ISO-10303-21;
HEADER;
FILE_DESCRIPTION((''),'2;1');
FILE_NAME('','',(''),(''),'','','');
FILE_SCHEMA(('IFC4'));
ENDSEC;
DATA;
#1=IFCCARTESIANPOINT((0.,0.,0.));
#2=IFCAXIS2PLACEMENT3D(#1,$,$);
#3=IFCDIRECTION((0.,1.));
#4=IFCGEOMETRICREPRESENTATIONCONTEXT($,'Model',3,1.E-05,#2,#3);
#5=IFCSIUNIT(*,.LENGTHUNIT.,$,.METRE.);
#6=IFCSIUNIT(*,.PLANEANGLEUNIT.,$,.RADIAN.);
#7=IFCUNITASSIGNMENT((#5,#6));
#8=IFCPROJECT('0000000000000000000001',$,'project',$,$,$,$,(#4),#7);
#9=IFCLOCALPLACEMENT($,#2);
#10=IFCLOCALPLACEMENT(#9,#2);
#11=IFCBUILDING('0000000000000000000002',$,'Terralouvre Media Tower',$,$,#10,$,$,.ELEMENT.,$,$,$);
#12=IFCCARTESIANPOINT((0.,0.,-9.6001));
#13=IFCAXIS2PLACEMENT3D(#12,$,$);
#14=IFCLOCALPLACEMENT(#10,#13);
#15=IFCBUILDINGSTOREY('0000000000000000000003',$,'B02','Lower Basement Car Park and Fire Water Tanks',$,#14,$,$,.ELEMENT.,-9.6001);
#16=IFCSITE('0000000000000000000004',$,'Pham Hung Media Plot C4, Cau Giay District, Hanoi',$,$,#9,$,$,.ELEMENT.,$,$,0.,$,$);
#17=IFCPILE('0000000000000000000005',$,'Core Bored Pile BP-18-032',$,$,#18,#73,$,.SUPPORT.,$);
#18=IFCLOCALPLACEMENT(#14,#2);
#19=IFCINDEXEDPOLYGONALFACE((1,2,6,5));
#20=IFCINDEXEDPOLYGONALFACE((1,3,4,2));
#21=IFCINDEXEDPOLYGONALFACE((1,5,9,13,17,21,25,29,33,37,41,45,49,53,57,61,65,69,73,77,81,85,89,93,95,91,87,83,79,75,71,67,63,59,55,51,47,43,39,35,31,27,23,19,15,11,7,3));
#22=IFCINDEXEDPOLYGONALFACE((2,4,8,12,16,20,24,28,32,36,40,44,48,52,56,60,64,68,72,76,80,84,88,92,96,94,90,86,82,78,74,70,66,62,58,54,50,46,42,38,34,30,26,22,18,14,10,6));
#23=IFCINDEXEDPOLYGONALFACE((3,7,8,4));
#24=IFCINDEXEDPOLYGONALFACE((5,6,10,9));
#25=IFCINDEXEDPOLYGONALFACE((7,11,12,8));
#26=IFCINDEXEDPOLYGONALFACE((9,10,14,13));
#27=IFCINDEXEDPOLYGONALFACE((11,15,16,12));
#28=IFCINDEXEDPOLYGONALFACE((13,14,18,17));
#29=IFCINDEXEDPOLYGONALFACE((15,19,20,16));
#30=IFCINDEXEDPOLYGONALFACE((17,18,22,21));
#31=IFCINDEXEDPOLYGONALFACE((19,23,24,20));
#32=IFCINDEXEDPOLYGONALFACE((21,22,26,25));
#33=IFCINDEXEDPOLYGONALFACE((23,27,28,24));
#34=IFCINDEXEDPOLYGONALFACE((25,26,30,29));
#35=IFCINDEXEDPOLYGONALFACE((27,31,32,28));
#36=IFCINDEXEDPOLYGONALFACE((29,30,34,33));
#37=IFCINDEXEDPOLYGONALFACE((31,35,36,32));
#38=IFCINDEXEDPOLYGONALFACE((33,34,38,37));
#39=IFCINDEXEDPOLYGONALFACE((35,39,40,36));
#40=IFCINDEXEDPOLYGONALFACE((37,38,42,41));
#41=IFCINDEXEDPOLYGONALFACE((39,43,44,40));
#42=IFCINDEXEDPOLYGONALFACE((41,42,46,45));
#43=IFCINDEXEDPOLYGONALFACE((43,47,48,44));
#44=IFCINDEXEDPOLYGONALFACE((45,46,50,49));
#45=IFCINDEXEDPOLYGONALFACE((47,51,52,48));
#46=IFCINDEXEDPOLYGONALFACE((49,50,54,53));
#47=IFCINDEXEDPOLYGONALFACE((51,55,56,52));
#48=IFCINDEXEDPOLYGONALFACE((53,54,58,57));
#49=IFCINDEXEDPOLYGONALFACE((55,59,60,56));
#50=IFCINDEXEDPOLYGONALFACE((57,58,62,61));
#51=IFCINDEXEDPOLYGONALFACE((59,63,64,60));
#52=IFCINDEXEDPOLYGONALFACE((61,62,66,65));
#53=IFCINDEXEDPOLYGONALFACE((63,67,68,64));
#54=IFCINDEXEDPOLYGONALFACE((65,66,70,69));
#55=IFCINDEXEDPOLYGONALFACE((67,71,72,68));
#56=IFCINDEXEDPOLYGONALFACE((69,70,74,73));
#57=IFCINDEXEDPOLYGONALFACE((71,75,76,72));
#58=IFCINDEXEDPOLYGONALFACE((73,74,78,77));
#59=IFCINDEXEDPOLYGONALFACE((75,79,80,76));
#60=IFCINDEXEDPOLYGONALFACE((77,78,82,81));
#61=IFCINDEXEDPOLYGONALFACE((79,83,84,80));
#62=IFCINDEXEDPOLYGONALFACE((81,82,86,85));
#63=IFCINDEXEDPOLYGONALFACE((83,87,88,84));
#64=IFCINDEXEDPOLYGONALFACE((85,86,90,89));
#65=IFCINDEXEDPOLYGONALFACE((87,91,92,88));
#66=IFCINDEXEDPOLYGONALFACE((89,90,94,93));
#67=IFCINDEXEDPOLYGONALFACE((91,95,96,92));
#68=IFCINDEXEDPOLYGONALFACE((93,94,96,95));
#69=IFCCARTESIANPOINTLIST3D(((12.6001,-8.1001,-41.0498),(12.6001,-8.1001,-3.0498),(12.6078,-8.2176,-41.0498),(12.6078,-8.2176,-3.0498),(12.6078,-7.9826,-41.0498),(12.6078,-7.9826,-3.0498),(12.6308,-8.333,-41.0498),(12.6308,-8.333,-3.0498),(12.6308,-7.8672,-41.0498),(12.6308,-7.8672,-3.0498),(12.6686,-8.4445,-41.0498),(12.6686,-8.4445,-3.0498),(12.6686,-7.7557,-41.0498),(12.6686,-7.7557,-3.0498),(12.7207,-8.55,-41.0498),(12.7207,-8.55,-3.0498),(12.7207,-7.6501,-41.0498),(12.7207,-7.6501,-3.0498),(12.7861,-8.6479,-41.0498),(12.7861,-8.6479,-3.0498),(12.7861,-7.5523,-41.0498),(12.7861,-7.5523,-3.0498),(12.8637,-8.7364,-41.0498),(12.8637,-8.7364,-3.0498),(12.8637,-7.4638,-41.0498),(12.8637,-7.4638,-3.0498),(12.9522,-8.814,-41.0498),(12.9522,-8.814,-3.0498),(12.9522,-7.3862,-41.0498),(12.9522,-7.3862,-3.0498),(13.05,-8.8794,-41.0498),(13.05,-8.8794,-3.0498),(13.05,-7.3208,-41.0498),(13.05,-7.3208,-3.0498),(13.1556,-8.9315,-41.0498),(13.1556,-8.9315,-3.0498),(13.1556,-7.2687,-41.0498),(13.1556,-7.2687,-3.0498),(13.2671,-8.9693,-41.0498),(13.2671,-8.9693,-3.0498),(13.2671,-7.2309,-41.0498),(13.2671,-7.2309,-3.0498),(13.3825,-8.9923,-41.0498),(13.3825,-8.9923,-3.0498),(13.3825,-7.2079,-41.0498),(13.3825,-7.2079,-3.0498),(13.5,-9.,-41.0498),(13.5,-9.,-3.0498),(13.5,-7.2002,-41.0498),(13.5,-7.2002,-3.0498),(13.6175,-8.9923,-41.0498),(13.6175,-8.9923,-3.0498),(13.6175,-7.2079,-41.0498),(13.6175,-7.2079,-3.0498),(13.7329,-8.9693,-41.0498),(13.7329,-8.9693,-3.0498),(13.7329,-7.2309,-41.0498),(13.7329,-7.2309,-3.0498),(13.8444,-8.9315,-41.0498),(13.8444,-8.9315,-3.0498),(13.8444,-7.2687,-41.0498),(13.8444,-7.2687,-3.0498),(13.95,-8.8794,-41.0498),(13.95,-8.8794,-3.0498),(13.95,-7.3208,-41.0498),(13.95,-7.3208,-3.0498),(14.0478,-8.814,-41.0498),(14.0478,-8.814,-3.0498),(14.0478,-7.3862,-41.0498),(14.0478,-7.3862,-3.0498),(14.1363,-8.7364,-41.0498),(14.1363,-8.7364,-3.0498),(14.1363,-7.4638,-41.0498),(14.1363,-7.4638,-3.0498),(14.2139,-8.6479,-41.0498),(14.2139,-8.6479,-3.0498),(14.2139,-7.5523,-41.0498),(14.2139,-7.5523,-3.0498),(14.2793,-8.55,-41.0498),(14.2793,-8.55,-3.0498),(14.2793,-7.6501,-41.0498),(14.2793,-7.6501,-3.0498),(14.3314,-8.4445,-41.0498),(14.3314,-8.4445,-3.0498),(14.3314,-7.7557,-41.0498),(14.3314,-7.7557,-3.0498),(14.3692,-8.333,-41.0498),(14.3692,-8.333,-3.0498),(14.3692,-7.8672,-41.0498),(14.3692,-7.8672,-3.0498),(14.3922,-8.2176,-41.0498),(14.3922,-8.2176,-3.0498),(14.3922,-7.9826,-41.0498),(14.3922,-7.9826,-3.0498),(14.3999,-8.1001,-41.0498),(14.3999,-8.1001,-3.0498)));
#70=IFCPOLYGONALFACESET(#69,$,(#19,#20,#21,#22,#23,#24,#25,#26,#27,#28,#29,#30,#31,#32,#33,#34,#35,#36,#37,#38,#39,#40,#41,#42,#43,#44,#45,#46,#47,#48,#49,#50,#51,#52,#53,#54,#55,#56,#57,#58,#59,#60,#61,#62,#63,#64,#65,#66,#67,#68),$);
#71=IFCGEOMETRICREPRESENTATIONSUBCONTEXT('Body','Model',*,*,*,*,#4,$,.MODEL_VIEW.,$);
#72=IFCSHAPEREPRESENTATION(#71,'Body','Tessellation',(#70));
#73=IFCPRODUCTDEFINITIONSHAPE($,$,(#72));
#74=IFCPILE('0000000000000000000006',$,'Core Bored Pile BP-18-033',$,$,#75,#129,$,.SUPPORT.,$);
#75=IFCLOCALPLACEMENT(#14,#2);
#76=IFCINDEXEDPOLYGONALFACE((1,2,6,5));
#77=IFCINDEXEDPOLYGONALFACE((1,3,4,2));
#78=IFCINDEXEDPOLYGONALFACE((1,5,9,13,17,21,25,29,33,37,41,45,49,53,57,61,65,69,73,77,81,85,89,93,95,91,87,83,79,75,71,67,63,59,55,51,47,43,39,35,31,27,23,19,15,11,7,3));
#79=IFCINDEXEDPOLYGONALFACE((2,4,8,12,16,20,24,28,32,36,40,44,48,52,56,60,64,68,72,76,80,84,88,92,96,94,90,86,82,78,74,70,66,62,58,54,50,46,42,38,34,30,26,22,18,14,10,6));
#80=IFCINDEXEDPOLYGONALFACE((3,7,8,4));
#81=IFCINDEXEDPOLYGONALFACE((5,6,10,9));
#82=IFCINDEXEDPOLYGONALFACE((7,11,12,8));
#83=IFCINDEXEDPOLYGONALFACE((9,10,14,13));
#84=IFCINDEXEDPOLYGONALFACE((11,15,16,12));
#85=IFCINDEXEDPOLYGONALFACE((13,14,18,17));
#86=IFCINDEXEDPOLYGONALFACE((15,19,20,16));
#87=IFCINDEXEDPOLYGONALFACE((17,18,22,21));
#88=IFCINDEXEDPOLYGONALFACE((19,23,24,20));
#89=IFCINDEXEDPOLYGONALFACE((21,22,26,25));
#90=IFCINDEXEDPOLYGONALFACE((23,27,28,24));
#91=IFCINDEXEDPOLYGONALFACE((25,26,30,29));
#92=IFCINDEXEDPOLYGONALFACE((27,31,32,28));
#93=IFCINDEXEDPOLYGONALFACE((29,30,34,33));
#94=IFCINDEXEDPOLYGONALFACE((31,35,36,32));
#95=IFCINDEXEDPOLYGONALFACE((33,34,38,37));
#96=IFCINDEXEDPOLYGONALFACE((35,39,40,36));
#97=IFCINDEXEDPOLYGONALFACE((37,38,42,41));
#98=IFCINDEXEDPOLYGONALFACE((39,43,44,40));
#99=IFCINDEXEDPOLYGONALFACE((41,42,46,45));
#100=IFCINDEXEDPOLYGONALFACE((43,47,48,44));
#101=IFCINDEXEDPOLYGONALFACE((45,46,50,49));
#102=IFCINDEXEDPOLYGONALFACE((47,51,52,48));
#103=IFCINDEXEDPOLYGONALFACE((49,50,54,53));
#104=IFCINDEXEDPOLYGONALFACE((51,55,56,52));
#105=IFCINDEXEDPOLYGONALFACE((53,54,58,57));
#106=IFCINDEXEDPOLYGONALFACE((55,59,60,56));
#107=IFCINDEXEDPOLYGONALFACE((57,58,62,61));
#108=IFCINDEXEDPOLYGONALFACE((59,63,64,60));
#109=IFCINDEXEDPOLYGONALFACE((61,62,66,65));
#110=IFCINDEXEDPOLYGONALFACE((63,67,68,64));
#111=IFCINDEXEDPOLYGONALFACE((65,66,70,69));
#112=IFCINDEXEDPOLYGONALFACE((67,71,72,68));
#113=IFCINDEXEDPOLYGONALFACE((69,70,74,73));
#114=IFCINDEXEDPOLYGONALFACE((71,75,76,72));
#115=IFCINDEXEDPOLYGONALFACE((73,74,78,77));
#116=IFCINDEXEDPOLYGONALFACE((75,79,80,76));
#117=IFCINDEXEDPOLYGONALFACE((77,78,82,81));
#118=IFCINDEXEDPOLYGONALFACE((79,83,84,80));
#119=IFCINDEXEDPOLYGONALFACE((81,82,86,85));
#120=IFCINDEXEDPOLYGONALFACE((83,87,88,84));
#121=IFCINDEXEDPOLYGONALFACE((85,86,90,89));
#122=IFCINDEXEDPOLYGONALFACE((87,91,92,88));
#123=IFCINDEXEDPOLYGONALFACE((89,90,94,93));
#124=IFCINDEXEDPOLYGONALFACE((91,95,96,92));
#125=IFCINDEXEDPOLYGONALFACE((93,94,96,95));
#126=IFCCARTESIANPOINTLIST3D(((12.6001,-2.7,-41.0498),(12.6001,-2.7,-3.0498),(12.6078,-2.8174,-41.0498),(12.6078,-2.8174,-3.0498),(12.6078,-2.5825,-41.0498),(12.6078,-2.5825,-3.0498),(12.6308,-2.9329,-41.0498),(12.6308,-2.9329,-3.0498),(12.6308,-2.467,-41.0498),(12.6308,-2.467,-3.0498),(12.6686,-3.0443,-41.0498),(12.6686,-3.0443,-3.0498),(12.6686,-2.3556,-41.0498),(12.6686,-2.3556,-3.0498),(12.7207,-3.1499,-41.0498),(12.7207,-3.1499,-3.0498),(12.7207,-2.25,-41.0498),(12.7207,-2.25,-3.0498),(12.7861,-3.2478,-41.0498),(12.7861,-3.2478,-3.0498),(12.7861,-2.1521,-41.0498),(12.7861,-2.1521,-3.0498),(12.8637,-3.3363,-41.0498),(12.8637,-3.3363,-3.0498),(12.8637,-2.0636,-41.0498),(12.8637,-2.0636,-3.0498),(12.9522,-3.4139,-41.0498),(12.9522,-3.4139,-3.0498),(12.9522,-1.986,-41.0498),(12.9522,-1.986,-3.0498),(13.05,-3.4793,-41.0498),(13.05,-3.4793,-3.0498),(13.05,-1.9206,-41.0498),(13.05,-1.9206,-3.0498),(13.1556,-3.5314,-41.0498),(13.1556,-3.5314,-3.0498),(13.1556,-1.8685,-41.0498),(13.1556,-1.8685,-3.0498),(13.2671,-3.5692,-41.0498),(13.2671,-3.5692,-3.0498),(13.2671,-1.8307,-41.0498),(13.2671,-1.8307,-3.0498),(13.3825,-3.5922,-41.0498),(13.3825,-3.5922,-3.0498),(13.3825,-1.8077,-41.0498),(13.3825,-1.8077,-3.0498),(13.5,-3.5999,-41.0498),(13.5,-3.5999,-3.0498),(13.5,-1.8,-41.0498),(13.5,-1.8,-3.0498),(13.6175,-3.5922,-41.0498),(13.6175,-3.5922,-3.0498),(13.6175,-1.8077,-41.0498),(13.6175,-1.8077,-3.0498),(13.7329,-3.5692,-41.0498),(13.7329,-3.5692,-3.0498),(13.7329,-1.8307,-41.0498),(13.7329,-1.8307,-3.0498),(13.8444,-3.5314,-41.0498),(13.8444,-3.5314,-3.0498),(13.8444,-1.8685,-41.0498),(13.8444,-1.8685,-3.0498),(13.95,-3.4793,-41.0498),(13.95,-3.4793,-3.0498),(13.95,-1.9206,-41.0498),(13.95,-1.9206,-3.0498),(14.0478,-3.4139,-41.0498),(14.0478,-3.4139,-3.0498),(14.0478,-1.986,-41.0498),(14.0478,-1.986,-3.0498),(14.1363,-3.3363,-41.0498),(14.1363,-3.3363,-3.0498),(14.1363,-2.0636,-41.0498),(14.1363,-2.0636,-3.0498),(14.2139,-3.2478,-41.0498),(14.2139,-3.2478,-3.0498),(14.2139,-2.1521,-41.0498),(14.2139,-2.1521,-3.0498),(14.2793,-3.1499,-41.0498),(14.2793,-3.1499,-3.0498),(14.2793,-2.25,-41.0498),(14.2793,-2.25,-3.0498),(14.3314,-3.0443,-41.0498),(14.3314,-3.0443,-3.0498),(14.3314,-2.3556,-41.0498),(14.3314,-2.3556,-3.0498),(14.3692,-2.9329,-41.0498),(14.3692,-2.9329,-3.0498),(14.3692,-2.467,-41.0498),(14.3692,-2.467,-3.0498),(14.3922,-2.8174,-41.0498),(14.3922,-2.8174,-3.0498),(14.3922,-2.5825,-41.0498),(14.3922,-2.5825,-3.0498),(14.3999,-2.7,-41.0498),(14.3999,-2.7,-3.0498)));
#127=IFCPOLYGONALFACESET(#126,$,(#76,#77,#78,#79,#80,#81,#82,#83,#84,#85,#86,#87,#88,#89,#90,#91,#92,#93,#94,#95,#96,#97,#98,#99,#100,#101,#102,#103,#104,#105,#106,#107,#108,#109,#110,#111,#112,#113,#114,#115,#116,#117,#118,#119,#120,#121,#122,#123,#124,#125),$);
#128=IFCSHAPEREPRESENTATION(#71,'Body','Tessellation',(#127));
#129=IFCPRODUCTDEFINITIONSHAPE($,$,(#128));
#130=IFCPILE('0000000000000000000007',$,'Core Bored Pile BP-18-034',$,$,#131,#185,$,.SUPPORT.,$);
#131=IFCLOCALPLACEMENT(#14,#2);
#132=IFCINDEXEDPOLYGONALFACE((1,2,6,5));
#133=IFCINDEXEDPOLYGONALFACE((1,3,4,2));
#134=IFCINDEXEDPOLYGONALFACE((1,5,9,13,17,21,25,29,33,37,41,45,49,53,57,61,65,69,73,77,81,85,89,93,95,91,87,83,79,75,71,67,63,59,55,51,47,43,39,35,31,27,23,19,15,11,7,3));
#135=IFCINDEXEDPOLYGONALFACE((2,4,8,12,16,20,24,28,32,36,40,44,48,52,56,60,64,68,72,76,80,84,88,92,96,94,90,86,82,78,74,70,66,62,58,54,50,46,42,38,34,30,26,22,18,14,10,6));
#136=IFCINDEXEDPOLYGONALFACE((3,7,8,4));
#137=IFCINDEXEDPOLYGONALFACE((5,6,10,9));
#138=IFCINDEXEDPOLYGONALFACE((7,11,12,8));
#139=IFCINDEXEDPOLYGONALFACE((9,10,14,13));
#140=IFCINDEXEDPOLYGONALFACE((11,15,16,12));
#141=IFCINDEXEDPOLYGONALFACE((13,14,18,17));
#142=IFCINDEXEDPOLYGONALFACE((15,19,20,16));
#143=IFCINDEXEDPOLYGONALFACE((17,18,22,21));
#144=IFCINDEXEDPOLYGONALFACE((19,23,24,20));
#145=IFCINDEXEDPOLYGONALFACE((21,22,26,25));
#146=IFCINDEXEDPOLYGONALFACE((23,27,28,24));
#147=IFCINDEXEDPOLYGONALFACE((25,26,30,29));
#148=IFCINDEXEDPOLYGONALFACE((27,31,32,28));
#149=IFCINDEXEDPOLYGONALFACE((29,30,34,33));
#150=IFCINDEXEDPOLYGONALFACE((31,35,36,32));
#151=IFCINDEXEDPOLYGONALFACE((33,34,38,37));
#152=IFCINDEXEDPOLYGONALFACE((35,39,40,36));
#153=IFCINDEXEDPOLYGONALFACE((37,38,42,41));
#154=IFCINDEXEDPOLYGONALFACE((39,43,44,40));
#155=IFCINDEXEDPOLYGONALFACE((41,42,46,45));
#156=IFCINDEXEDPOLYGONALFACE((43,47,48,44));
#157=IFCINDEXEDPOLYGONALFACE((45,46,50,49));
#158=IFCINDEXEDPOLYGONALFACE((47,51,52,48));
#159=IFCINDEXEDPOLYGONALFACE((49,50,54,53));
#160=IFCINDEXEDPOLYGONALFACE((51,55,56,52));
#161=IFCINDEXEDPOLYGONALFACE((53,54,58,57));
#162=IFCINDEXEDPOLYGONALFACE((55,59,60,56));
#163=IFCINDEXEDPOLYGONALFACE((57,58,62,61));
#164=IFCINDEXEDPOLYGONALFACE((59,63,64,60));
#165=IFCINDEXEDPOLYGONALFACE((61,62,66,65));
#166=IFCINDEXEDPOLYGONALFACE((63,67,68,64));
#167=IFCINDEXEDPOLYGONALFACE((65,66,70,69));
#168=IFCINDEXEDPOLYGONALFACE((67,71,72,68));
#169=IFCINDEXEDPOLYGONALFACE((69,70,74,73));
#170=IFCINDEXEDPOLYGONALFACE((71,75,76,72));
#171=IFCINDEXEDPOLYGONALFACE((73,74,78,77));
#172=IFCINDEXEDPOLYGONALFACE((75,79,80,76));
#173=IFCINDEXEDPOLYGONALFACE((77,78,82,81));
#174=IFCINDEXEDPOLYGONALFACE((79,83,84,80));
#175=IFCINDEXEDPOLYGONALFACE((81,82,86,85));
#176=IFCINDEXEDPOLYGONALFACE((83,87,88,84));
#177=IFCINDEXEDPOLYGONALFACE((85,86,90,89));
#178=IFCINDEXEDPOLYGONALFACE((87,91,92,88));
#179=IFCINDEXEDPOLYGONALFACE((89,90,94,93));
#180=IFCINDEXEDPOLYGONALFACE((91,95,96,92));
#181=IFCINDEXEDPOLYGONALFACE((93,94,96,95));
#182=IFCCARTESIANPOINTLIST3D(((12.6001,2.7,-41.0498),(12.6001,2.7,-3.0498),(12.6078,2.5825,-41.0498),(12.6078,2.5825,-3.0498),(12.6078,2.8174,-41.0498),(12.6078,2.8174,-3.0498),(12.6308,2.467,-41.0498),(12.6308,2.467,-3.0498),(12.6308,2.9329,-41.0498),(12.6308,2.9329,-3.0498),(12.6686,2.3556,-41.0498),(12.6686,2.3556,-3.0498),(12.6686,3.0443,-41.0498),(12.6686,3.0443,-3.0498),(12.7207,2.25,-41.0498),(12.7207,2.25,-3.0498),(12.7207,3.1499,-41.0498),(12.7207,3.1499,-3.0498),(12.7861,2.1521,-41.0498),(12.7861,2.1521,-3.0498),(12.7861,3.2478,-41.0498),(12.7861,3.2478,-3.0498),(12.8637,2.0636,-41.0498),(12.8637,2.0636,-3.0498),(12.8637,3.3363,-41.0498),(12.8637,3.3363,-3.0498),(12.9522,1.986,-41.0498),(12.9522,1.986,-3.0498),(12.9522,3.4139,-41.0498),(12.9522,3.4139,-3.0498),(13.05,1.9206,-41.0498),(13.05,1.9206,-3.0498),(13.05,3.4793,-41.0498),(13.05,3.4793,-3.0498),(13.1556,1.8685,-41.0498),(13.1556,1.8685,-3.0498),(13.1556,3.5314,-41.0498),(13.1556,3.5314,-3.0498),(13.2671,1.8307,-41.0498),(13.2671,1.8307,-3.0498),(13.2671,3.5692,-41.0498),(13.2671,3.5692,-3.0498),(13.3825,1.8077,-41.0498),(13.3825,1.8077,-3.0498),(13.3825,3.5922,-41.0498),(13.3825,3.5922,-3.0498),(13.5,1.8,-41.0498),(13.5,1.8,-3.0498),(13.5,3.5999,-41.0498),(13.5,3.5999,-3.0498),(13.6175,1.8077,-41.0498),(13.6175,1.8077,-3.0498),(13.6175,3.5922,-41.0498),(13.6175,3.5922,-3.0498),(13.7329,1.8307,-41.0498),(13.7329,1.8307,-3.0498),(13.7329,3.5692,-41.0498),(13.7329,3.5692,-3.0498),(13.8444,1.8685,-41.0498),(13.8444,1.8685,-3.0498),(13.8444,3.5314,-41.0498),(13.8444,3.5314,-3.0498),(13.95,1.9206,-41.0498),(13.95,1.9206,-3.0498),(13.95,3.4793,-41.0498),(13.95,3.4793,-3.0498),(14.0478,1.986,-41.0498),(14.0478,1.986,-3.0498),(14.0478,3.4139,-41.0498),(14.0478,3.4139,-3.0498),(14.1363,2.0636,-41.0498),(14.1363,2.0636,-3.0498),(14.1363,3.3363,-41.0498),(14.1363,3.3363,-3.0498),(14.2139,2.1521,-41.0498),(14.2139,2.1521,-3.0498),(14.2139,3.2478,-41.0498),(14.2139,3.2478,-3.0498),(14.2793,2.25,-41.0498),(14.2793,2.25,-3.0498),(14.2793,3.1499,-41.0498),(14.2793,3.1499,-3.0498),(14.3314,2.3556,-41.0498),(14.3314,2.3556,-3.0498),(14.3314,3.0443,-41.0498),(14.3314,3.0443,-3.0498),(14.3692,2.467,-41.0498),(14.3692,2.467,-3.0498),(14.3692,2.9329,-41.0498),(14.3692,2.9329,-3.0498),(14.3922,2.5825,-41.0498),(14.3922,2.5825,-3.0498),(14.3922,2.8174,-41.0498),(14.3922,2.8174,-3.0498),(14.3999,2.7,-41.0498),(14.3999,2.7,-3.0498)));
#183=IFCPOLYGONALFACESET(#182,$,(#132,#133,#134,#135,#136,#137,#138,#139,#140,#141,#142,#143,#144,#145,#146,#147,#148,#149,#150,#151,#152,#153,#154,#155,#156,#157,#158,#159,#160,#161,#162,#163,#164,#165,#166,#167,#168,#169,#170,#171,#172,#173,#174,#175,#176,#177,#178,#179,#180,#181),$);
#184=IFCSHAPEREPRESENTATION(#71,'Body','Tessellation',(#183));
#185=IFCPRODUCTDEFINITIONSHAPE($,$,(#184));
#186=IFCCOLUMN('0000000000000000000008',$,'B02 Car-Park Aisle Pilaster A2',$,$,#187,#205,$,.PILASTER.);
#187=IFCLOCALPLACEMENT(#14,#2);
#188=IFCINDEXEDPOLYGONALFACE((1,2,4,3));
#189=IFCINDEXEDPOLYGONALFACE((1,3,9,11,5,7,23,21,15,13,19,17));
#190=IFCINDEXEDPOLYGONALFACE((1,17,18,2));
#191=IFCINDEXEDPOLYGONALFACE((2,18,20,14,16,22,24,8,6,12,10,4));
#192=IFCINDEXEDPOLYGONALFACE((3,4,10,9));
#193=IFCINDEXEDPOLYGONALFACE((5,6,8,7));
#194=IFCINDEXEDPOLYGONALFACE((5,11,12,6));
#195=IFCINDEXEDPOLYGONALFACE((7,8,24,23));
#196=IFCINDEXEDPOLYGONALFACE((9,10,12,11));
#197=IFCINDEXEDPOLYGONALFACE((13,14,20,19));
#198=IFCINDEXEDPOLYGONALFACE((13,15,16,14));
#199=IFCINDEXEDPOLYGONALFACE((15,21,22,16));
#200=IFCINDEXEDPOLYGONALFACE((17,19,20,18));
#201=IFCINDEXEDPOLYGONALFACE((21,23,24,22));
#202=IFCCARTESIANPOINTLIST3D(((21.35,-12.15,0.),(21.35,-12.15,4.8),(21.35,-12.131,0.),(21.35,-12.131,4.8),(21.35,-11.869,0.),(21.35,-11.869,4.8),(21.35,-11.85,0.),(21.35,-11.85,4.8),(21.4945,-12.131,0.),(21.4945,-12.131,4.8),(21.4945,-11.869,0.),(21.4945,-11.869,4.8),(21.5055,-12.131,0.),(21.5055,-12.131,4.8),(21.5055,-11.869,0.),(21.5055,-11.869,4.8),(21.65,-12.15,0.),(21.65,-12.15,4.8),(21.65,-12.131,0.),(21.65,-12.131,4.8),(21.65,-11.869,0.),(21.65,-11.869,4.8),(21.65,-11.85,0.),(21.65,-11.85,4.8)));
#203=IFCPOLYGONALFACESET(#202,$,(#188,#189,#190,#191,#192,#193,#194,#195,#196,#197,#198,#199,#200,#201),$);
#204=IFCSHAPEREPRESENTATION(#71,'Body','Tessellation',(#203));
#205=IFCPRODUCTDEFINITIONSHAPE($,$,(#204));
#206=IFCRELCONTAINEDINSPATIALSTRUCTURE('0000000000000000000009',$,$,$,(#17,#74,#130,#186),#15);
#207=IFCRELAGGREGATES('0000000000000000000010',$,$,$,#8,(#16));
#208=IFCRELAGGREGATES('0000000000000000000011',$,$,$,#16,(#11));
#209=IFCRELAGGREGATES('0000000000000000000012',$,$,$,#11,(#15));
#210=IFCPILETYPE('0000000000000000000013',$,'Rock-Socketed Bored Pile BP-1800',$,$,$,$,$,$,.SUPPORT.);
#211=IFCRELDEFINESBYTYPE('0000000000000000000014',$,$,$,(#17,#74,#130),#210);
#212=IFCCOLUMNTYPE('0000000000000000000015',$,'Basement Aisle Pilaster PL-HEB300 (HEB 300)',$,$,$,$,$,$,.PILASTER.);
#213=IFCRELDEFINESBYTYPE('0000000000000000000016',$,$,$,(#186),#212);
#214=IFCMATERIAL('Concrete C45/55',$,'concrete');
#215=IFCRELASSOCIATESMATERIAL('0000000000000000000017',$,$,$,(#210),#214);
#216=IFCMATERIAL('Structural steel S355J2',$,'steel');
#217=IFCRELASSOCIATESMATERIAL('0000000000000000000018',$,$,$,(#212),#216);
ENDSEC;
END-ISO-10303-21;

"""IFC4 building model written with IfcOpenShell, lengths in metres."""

from ifc_helpers import new_model, si_unit, direction, frame, origin, origin_2d, place, context, subcontext, project, spatial, circle, i_section, extrude, material, material_profile, profile_set, type_object, element, save


model = new_model("IFC4")

# Units and contexts
model_context = context("Model", 3, precision=1e-05, world=origin(), true_north=direction((0.0, 1.0)))
body_context = subcontext(model_context, "Body", "Model", "MODEL_VIEW")
ifc_project = project(units=[si_unit("LENGTHUNIT", "METRE"), si_unit("PLANEANGLEUNIT", "RADIAN")], contexts=[model_context])

# Site, building, storey
site_placement = place(None, origin())
site = spatial("IfcSite", under=ifc_project, at=site_placement, Name="Pham Hung Media Plot C4, Cau Giay District, Hanoi", CompositionType="ELEMENT", RefElevation=0.0)
building_placement = place(site_placement, origin())
building = spatial("IfcBuilding", under=site, at=building_placement, Name="Terralouvre Media Tower", CompositionType="ELEMENT")
storey_placement = place(building_placement, frame((0.0, 0.0, -9.6001)))
storey = spatial("IfcBuildingStorey", under=building, at=storey_placement, Name="B02", Description="Lower Basement Car Park and Fire Water Tanks", CompositionType="ELEMENT", Elevation=-9.6001)

# Piles
ifc_material_1 = material(Name="Concrete C45/55", Category="concrete")
ifc_material_profile_1 = material_profile(ifc_material_1, circle(Radius=0.8999, at=origin_2d()), Name="BORED PILE 1800")
ifc_profile_set_1 = profile_set([ifc_material_profile_1], Name="Concrete C45/55")
pile_type_1 = type_object("IfcPileType", Name="Rock-Socketed Bored Pile BP-1800", PredefinedType="SUPPORT", material=ifc_profile_set_1)
for number, where, z_axis, x_axis, name in (
    (1, (13.5, -8.1001, -3.0498), (0.0, 0.0, -1.0), (1.0, 0.0, 0.0), "Core Bored Pile BP-18-032"),
    (2, (13.5, -2.7, -3.0498), (0.0, 0.0, -1.0), (1.0, 0.0, 0.0), "Core Bored Pile BP-18-033"),
    (3, (13.5, 2.7, -3.0498), (0.0, 0.0, -1.0), (1.0, 0.0, 0.0), "Core Bored Pile BP-18-034"),
):
    element("IfcPile", number, at=place(storey_placement, frame(where, z_axis=z_axis, x_axis=x_axis)), inside=storey, type_object=pile_type_1, Name=name, PredefinedType="SUPPORT", context=body_context, shape_type="SweptSolid", body=[
        extrude(circle(Radius=0.8999, at=origin_2d()), origin(), (0.0, 0.0, 1.0), 38.0),
    ])

# Column
ifc_material_2 = material(Name="Structural steel S355J2", Category="steel")
ifc_material_profile_2 = material_profile(ifc_material_2, i_section(OverallWidth=0.3, OverallDepth=0.3, WebThickness=0.011, FlangeThickness=0.019, at=origin_2d()), Name="HEB 300")
ifc_profile_set_2 = profile_set([ifc_material_profile_2], Name="Structural steel S355J2")
column_type_1 = type_object("IfcColumnType", Name="Basement Aisle Pilaster PL-HEB300 (HEB 300)", PredefinedType="PILASTER", material=ifc_profile_set_2)
column_placement = place(storey_placement, frame((21.5, -12.0, 0.0), z_axis=(0.0, 0.0, 1.0), x_axis=(1.0, 0.0, 0.0)))
element("IfcColumn", 4, at=column_placement, inside=storey, type_object=column_type_1, Name="B02 Car-Park Aisle Pilaster A2", PredefinedType="PILASTER", context=body_context, shape_type="SweptSolid", body=[
    extrude(i_section(OverallWidth=0.3, OverallDepth=0.3, WebThickness=0.011, FlangeThickness=0.019, at=origin_2d()), origin(), (0.0, 0.0, 1.0), 4.8),
])

save(model, "model.ifc")
